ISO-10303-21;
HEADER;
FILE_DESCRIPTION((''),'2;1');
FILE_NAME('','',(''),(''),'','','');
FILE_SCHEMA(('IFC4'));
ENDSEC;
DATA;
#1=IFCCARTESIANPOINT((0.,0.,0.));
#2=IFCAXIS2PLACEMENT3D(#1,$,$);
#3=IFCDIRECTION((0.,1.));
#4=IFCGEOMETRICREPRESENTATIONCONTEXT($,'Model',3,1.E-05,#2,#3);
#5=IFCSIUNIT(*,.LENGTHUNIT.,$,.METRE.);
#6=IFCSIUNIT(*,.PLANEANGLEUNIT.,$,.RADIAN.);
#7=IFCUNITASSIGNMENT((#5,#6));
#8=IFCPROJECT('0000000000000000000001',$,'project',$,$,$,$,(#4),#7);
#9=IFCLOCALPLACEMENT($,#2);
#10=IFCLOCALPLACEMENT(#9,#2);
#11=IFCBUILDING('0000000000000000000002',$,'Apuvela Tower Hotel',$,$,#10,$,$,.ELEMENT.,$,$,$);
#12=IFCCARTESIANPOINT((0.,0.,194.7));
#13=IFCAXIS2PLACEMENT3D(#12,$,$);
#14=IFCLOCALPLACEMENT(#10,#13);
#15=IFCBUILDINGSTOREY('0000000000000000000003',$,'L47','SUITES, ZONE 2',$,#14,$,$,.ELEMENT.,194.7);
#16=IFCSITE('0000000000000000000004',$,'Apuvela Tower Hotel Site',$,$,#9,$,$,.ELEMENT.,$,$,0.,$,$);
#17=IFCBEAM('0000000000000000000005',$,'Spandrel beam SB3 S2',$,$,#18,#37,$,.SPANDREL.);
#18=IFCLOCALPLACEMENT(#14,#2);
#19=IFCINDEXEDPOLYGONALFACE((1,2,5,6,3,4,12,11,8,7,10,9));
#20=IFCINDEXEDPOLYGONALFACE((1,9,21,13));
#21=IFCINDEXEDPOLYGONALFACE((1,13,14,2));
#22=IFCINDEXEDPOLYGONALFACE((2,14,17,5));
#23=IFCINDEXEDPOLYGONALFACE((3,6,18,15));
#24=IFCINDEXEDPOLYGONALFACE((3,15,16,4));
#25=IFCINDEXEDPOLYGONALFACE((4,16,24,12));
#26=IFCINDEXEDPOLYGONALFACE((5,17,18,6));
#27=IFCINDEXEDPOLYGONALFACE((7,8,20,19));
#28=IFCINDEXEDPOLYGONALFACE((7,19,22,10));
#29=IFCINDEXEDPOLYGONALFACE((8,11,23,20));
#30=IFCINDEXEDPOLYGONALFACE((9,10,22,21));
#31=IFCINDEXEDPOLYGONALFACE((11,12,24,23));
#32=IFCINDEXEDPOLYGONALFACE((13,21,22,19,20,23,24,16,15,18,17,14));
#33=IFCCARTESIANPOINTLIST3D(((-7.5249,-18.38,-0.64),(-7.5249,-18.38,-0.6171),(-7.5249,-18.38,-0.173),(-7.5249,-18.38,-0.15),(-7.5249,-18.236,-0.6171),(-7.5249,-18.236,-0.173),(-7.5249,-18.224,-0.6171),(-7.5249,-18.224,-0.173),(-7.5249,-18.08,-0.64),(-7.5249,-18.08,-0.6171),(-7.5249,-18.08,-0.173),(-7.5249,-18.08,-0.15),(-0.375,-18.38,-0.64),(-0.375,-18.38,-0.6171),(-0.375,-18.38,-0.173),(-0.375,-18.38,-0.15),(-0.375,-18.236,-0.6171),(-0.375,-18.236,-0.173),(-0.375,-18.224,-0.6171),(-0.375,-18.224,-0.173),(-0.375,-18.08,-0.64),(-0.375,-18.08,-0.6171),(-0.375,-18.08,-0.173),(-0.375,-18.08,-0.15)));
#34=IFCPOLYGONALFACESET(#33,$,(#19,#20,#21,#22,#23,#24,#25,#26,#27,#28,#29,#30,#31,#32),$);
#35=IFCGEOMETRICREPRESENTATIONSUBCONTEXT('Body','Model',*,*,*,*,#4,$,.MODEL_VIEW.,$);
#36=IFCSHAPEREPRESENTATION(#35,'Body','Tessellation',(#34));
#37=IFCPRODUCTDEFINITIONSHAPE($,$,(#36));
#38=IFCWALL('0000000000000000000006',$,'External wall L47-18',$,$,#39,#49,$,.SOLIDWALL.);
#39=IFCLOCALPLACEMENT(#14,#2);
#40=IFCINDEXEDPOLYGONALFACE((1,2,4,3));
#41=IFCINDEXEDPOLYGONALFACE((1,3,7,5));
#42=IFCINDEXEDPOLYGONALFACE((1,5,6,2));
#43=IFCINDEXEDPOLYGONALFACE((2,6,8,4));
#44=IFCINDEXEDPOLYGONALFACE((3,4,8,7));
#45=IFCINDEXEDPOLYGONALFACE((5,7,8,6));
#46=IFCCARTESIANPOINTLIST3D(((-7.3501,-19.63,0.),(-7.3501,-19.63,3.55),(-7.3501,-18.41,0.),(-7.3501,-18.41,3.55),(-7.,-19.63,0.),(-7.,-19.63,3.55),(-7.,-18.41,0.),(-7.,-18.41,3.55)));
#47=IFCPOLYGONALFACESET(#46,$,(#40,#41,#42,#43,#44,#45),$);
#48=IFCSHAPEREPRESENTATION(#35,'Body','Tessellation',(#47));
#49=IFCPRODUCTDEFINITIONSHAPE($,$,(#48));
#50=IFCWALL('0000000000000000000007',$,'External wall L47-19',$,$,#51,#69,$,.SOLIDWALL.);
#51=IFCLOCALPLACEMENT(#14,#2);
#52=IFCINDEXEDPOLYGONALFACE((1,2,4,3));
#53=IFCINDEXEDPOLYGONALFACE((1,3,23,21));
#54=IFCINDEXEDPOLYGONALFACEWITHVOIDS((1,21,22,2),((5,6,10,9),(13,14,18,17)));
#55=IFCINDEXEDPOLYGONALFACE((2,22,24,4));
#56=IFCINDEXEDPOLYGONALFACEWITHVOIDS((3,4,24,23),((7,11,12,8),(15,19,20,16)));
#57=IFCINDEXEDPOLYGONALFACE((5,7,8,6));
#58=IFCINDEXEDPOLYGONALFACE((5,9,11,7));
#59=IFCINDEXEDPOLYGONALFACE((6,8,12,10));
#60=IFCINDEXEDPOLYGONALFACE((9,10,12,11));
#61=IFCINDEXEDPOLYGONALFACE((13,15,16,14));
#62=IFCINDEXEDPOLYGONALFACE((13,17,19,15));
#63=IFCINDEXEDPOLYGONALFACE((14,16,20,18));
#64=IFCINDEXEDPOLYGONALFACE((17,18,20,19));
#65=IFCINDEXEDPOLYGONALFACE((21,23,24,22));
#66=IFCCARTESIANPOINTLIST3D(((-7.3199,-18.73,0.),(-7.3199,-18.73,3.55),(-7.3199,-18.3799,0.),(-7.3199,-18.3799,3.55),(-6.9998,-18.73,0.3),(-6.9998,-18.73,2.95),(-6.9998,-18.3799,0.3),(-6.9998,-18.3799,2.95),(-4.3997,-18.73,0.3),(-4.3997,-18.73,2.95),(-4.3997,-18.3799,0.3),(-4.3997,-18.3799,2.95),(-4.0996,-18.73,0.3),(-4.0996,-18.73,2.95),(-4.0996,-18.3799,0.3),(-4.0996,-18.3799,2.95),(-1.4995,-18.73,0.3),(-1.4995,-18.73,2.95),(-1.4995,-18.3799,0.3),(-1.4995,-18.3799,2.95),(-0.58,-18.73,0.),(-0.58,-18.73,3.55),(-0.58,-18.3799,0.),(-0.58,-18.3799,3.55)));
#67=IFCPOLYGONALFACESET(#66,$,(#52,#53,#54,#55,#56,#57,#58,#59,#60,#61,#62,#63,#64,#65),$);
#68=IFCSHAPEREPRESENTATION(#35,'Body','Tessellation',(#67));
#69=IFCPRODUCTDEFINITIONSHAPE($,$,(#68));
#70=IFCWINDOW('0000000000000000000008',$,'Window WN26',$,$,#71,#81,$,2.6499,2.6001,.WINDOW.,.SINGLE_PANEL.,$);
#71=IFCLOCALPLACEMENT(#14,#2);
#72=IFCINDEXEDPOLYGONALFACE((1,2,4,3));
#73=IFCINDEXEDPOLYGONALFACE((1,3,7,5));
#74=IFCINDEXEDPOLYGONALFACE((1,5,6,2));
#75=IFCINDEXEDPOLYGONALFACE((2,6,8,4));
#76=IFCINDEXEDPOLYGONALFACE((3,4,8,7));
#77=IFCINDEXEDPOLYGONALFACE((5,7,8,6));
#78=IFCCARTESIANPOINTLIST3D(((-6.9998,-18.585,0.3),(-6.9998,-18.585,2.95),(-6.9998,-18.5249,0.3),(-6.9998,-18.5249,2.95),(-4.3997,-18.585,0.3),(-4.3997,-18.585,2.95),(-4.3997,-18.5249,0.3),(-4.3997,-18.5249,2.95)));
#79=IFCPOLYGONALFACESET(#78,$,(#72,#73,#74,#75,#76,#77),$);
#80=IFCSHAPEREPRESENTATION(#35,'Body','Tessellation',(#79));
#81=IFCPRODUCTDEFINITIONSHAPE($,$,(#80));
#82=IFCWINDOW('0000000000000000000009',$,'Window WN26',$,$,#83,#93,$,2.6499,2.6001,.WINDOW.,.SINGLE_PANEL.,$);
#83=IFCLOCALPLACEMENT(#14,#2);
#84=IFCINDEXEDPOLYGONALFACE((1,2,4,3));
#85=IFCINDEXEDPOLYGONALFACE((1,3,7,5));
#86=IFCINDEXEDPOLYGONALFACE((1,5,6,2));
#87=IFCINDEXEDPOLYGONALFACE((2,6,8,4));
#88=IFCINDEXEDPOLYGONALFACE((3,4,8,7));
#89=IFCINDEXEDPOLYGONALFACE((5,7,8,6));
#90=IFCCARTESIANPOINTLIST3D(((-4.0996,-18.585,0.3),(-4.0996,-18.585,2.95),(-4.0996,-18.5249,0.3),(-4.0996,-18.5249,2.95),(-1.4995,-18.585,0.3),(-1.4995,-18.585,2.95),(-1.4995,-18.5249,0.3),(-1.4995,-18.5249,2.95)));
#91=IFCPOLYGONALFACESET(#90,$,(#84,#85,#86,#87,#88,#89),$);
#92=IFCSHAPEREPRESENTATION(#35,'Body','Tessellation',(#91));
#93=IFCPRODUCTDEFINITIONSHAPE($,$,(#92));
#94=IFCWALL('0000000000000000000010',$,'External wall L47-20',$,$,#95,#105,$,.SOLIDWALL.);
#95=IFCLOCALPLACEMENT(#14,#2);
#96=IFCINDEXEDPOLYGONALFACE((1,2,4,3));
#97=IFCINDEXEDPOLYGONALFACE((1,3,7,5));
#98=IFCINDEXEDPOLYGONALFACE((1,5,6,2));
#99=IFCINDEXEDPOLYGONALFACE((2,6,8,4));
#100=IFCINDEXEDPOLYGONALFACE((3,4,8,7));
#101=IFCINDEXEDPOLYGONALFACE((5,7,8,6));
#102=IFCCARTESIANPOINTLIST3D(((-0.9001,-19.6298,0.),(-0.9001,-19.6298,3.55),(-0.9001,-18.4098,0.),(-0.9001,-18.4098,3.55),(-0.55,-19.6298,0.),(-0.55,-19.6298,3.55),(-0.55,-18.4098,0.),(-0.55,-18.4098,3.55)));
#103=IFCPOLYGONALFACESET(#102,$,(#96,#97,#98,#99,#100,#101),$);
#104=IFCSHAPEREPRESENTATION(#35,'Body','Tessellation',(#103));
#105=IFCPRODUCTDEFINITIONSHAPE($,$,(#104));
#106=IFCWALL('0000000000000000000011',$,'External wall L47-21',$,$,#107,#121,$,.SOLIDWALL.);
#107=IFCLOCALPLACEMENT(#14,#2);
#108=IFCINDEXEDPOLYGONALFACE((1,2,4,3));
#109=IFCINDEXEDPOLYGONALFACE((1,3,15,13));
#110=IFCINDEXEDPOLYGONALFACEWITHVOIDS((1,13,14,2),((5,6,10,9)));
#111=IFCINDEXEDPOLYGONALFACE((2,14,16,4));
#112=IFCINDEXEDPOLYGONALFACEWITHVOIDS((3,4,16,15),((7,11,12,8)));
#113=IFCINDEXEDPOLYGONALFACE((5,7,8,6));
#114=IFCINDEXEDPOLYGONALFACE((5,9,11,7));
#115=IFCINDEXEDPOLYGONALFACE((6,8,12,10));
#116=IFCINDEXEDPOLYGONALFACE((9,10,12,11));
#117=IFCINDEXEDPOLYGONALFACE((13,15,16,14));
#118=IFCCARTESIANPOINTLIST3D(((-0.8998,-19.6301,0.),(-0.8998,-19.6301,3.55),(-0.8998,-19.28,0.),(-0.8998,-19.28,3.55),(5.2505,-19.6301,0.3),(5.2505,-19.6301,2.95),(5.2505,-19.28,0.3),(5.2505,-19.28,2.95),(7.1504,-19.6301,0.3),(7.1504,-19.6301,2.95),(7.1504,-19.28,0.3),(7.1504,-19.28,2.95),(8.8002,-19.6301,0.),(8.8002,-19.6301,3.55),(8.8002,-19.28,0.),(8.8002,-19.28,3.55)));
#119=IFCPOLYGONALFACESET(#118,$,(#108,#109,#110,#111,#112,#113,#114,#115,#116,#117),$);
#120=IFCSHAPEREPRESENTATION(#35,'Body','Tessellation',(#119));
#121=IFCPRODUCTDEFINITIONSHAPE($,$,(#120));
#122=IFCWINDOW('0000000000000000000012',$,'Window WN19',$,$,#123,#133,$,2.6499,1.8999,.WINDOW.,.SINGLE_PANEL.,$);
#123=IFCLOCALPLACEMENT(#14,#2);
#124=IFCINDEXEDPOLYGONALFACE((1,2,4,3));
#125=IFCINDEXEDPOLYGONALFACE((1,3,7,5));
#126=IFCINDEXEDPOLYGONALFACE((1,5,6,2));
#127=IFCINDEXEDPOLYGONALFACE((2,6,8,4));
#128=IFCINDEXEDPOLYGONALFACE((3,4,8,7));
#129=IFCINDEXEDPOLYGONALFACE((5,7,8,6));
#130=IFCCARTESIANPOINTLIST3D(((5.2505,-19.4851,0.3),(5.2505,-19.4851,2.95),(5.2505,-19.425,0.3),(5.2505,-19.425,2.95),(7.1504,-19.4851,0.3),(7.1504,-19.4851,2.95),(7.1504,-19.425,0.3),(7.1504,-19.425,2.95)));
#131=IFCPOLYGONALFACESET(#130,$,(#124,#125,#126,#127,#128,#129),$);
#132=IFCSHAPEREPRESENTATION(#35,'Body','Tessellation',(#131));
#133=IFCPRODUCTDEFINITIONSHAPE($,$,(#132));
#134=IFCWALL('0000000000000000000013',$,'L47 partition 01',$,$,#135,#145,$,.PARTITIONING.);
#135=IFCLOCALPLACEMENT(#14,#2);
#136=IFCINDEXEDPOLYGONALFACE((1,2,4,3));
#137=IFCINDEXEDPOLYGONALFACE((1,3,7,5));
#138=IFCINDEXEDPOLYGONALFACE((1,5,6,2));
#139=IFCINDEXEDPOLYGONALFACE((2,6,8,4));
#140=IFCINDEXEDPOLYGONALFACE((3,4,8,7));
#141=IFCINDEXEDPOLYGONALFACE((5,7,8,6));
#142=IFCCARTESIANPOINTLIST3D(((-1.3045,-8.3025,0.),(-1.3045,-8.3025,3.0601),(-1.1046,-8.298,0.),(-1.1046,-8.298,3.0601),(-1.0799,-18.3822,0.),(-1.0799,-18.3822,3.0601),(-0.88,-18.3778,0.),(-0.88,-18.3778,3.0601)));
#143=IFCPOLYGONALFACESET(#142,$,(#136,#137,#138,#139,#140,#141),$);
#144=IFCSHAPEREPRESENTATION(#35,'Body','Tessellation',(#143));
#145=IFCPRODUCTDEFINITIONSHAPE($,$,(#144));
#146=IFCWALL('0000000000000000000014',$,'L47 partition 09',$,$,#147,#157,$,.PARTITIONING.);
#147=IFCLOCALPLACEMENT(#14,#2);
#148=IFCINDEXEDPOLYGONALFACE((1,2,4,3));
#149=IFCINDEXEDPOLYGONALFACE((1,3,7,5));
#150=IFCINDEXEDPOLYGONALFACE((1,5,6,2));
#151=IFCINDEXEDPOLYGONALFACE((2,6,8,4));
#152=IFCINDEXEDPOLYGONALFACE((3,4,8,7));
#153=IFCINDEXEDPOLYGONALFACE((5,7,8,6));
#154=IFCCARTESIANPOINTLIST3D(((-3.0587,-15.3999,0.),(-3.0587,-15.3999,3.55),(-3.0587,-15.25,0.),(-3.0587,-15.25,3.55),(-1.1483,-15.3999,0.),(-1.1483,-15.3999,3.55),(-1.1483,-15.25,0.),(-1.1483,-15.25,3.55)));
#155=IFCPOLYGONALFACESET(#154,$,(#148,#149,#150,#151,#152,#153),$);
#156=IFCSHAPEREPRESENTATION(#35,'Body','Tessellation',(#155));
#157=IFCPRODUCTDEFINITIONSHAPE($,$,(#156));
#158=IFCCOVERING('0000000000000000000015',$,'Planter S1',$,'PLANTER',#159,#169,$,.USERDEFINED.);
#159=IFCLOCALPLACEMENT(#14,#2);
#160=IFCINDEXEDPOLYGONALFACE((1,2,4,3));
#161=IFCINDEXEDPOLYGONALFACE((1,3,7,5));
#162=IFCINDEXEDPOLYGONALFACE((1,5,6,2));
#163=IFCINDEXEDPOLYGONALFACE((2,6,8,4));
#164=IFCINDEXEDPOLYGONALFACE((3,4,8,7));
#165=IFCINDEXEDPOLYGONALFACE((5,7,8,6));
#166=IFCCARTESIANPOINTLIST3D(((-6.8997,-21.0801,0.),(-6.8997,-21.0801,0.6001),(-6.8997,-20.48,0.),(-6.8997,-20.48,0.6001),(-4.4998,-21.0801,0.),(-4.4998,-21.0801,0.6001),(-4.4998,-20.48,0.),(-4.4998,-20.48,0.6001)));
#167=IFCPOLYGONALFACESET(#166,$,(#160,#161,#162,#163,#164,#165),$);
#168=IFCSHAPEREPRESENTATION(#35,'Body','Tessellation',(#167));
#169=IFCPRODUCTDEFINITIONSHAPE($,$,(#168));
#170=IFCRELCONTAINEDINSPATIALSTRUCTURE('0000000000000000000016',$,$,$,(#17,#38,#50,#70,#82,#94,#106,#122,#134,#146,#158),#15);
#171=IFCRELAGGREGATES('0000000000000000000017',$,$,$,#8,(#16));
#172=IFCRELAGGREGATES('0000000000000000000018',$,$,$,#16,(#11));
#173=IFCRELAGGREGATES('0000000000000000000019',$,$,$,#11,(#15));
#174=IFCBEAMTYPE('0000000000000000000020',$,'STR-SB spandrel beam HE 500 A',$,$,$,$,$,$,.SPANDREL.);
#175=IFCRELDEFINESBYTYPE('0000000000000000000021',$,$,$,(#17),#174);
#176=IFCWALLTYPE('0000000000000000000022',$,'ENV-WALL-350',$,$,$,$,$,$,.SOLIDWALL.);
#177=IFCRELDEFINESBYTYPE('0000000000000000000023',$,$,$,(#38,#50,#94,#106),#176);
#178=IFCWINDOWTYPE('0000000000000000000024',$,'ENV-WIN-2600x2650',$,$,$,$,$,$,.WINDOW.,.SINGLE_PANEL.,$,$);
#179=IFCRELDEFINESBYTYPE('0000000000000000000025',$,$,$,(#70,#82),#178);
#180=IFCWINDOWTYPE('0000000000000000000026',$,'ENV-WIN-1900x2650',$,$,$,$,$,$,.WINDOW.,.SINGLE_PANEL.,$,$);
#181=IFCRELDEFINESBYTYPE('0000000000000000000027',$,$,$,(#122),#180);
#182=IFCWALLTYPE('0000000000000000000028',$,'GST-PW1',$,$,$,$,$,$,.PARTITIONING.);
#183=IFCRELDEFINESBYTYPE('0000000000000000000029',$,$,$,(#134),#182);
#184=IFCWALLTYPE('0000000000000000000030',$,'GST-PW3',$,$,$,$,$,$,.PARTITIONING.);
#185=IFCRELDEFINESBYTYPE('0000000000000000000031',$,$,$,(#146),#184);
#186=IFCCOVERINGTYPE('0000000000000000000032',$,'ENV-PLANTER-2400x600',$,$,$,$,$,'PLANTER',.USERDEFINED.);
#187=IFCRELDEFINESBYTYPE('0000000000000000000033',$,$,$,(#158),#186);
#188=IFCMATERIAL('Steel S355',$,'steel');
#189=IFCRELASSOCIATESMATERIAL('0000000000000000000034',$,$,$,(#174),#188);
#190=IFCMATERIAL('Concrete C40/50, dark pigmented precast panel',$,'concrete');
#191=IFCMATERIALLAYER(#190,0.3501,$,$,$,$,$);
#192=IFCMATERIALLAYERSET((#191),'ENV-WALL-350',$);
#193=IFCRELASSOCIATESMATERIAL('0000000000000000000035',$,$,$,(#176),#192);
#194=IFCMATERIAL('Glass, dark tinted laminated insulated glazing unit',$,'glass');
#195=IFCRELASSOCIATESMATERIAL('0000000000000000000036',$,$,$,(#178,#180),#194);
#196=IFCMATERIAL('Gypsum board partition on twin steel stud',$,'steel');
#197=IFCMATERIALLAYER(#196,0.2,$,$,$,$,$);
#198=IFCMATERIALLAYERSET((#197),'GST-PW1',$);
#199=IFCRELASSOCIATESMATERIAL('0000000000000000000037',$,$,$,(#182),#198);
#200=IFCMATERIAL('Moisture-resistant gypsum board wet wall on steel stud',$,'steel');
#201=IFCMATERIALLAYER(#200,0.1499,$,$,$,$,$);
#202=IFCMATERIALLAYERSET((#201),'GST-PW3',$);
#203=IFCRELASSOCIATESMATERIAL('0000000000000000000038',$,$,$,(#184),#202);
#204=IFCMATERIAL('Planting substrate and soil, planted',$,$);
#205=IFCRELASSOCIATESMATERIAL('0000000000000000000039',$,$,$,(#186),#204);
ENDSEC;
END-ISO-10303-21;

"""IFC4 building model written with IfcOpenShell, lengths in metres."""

from ifc_helpers import new_model, si_unit, direction, frame, frame_2d, origin, origin_2d, place, context, subcontext, project, spatial, rectangle, i_section, extrude, material, layer, layer_set, material_profile, profile_set, type_object, element, fill, save


model = new_model("IFC4")

# Units and contexts
model_context = context("Model", 3, precision=1e-05, world=origin(), true_north=direction((0.0, 1.0)))
body_context = subcontext(model_context, "Body", "Model", "MODEL_VIEW")
ifc_project = project(units=[si_unit("LENGTHUNIT", "METRE"), si_unit("PLANEANGLEUNIT", "RADIAN")], contexts=[model_context])

# Site, building, storey
site_placement = place(None, origin())
site = spatial("IfcSite", under=ifc_project, at=site_placement, Name="Apuvela Tower Hotel Site", CompositionType="ELEMENT", RefElevation=0.0)
building_placement = place(site_placement, origin())
building = spatial("IfcBuilding", under=site, at=building_placement, Name="Apuvela Tower Hotel", CompositionType="ELEMENT")
storey_placement = place(building_placement, frame((0.0, 0.0, 194.7)))
storey = spatial("IfcBuildingStorey", under=building, at=storey_placement, Name="L47", Description="SUITES, ZONE 2", CompositionType="ELEMENT", Elevation=194.7)

# Beam
ifc_material_1 = material(Name="Steel S355", Category="steel")
ifc_material_profile_1 = material_profile(ifc_material_1, i_section(OverallWidth=0.3, OverallDepth=0.49, WebThickness=0.012, FlangeThickness=0.0229, at=origin_2d()), Name="HE 500 A")
ifc_profile_set_1 = profile_set([ifc_material_profile_1], Name="Steel S355")
beam_type_1 = type_object("IfcBeamType", Name="STR-SB spandrel beam HE 500 A", PredefinedType="SPANDREL", material=ifc_profile_set_1)
beam_1_placement = place(storey_placement, frame((-7.5249, -18.23, -0.395), z_axis=(1.0, 0.0, 0.0), x_axis=(0.0, 1.0, 0.0)))
element("IfcBeam", 1, at=beam_1_placement, inside=storey, type_object=beam_type_1, Name="Spandrel beam SB3 S2", PredefinedType="SPANDREL", context=body_context, shape_type="SweptSolid", body=[
    extrude(i_section(OverallWidth=0.3, OverallDepth=0.49, WebThickness=0.012, FlangeThickness=0.0229, at=origin_2d()), origin(), (0.0, 0.0, 1.0), 7.1499),
])

# Wall
ifc_material_2 = material(Name="Concrete C40/50, dark pigmented precast panel", Category="concrete")
ifc_layer_1 = layer(ifc_material_2, 0.3501)
ifc_layer_set_1 = layer_set([ifc_layer_1], Name="ENV-WALL-350")
wall_type_1 = type_object("IfcWallType", Name="ENV-WALL-350", PredefinedType="SOLIDWALL", material=ifc_layer_set_1)
wall_1_placement = place(storey_placement, frame((-7.175, -19.6299, 0.0), z_axis=(0.0, 0.0, 1.0), x_axis=(0.0, 1.0, 0.0)))
element("IfcWall", 2, at=wall_1_placement, inside=storey, type_object=wall_type_1, Name="External wall L47-18", PredefinedType="SOLIDWALL", context=body_context, shape_type="SweptSolid", body=[
    extrude(rectangle(XDim=1.22, YDim=0.3501, at=frame_2d((0.6099, 0.0))), origin(), (0.0, 0.0, 1.0), 3.55),
])

# Wall, openings, windows
wall_2_placement = place(storey_placement, frame((-7.3201, -18.5549, 0.0), z_axis=(0.0, 0.0, 1.0), x_axis=(1.0, 0.0, 0.0)))
wall_2 = element("IfcWall", 3, at=wall_2_placement, inside=storey, type_object=wall_type_1, Name="External wall L47-19", PredefinedType="SOLIDWALL", context=body_context, shape_type="SweptSolid", body=[
    extrude(rectangle(XDim=6.74, YDim=0.3501, at=frame_2d((3.3701, 0.0))), origin(), (0.0, 0.0, 1.0), 3.55),
])
opening_1_placement = place(wall_2_placement, frame((0.3203, 0.0, 0.3)))
opening_1 = element("IfcOpeningElement", 4, at=opening_1_placement, cuts=wall_2, PredefinedType="OPENING", context=body_context, shape_type="SweptSolid", body=[
    extrude(rectangle(XDim=2.6001, YDim=2.6499, at=frame_2d((1.3, 1.325))), frame((0.0, 0.1851, 0.0), z_axis=(0.0, -1.0, 0.0), x_axis=(1.0, 0.0, 0.0)), (0.0, 0.0, 1.0), 0.3701),
])
opening_2_placement = place(wall_2_placement, frame((3.2205, 0.0, 0.3)))
opening_2 = element("IfcOpeningElement", 5, at=opening_2_placement, cuts=wall_2, PredefinedType="OPENING", context=body_context, shape_type="SweptSolid", body=[
    extrude(rectangle(XDim=2.6001, YDim=2.6499, at=frame_2d((1.3, 1.325))), frame((0.0, 0.1851, 0.0), z_axis=(0.0, -1.0, 0.0), x_axis=(1.0, 0.0, 0.0)), (0.0, 0.0, 1.0), 0.3701),
])
ifc_material_3 = material(Name="Glass, dark tinted laminated insulated glazing unit", Category="glass")
window_type_1 = type_object("IfcWindowType", Name="ENV-WIN-2600x2650", PartitioningType="SINGLE_PANEL", PredefinedType="WINDOW", material=ifc_material_3)
window_1_placement = place(opening_1_placement, origin())
window_1 = element("IfcWindow", 6, at=window_1_placement, inside=storey, type_object=window_type_1, Name="Window WN26", OverallHeight=2.6499, OverallWidth=2.6001, PartitioningType="SINGLE_PANEL", PredefinedType="WINDOW", context=body_context, shape_type="SweptSolid", body=[
    extrude(rectangle(XDim=2.6001, YDim=2.6499, at=frame_2d((1.3, 1.325))), frame((0.0, 0.03, 0.0), z_axis=(0.0, -1.0, 0.0), x_axis=(1.0, 0.0, 0.0)), (0.0, 0.0, 1.0), 0.0601),
])
fill(opening_1, window_1)
window_2_placement = place(opening_2_placement, origin())
window_2 = element("IfcWindow", 7, at=window_2_placement, inside=storey, type_object=window_type_1, Name="Window WN26", OverallHeight=2.6499, OverallWidth=2.6001, PartitioningType="SINGLE_PANEL", PredefinedType="WINDOW", context=body_context, shape_type="SweptSolid", body=[
    extrude(rectangle(XDim=2.6001, YDim=2.6499, at=frame_2d((1.3, 1.325))), frame((0.0, 0.03, 0.0), z_axis=(0.0, -1.0, 0.0), x_axis=(1.0, 0.0, 0.0)), (0.0, 0.0, 1.0), 0.0601),
])
fill(opening_2, window_2)

# Wall
wall_3_placement = place(storey_placement, frame((-0.7251, -18.4099, 0.0), z_axis=(0.0, 0.0, 1.0), x_axis=(0.0, -1.0, 0.0)))
element("IfcWall", 8, at=wall_3_placement, inside=storey, type_object=wall_type_1, Name="External wall L47-20", PredefinedType="SOLIDWALL", context=body_context, shape_type="SweptSolid", body=[
    extrude(rectangle(XDim=1.22, YDim=0.3501, at=frame_2d((0.6099, 0.0))), origin(), (0.0, 0.0, 1.0), 3.55),
])

# Wall, opening, window
wall_4_placement = place(storey_placement, frame((-0.8999, -19.4551, 0.0), z_axis=(0.0, 0.0, 1.0), x_axis=(1.0, 0.0, 0.0)))
wall_4 = element("IfcWall", 9, at=wall_4_placement, inside=storey, type_object=wall_type_1, Name="External wall L47-21", PredefinedType="SOLIDWALL", context=body_context, shape_type="SweptSolid", body=[
    extrude(rectangle(XDim=9.7, YDim=0.3501, at=frame_2d((4.8501, 0.0))), origin(), (0.0, 0.0, 1.0), 3.55),
])
opening_3_placement = place(wall_4_placement, frame((6.1504, 0.0, 0.3)))
opening_3 = element("IfcOpeningElement", 10, at=opening_3_placement, cuts=wall_4, PredefinedType="OPENING", context=body_context, shape_type="SweptSolid", body=[
    extrude(rectangle(XDim=1.8999, YDim=2.6499, at=frame_2d((0.95, 1.325))), frame((0.0, 0.1851, 0.0), z_axis=(0.0, -1.0, 0.0), x_axis=(1.0, 0.0, 0.0)), (0.0, 0.0, 1.0), 0.3701),
])
window_type_2 = type_object("IfcWindowType", Name="ENV-WIN-1900x2650", PartitioningType="SINGLE_PANEL", PredefinedType="WINDOW", material=ifc_material_3)
window_3_placement = place(opening_3_placement, origin())
window_3 = element("IfcWindow", 11, at=window_3_placement, inside=storey, type_object=window_type_2, Name="Window WN19", OverallHeight=2.6499, OverallWidth=1.8999, PartitioningType="SINGLE_PANEL", PredefinedType="WINDOW", context=body_context, shape_type="SweptSolid", body=[
    extrude(rectangle(XDim=1.8999, YDim=2.6499, at=frame_2d((0.95, 1.325))), frame((0.0, 0.03, 0.0), z_axis=(0.0, -1.0, 0.0), x_axis=(1.0, 0.0, 0.0)), (0.0, 0.0, 1.0), 0.0601),
])
fill(opening_3, window_3)

# Walls
ifc_material_4 = material(Name="Gypsum board partition on twin steel stud", Category="steel")
ifc_layer_2 = layer(ifc_material_4, 0.2)
ifc_layer_set_2 = layer_set([ifc_layer_2], Name="GST-PW1")
wall_type_2 = type_object("IfcWallType", Name="GST-PW1", PredefinedType="PARTITIONING", material=ifc_layer_set_2)
wall_5_placement = place(storey_placement, frame((-0.98, -18.3799, 0.0), z_axis=(0.0, 0.0, 1.0), x_axis=(-0.022278, 0.999752, 0.0)))
element("IfcWall", 12, at=wall_5_placement, inside=storey, type_object=wall_type_2, Name="L47 partition 01", PredefinedType="PARTITIONING", context=body_context, shape_type="SweptSolid", body=[
    extrude(rectangle(XDim=10.0823, YDim=0.2, at=frame_2d((5.041, 0.0))), origin(), (0.0, 0.0, 1.0), 3.0601),
])
ifc_material_5 = material(Name="Moisture-resistant gypsum board wet wall on steel stud", Category="steel")
ifc_layer_3 = layer(ifc_material_5, 0.1499)
ifc_layer_set_3 = layer_set([ifc_layer_3], Name="GST-PW3")
wall_type_3 = type_object("IfcWallType", Name="GST-PW3", PredefinedType="PARTITIONING", material=ifc_layer_set_3)
wall_6_placement = place(storey_placement, frame((-3.0586, -15.325, 0.0), z_axis=(0.0, 0.0, 1.0), x_axis=(1.0, 0.0, 0.0)))
element("IfcWall", 13, at=wall_6_placement, inside=storey, type_object=wall_type_3, Name="L47 partition 09", PredefinedType="PARTITIONING", context=body_context, shape_type="SweptSolid", body=[
    extrude(rectangle(XDim=1.9104, YDim=0.1499, at=frame_2d((0.9551, 0.0))), origin(), (0.0, 0.0, 1.0), 3.55),
])

# Covering
ifc_material_6 = material(Name="Planting substrate and soil, planted")
covering_type = type_object("IfcCoveringType", Name="ENV-PLANTER-2400x600", ElementType="PLANTER", PredefinedType="USERDEFINED", material=ifc_material_6)
covering_placement = place(storey_placement, frame((-5.6997, -20.78, 0.0), z_axis=(0.0, 0.0, 1.0), x_axis=(1.0, 0.0, 0.0)))
element("IfcCovering", 14, at=covering_placement, inside=storey, type_object=covering_type, Name="Planter S1", ObjectType="PLANTER", PredefinedType="USERDEFINED", context=body_context, shape_type="SweptSolid", body=[
    extrude(rectangle(XDim=2.3999, YDim=0.6001, at=origin_2d()), origin(), (0.0, 0.0, 1.0), 0.6001),
])

save(model, "model.ifc")
